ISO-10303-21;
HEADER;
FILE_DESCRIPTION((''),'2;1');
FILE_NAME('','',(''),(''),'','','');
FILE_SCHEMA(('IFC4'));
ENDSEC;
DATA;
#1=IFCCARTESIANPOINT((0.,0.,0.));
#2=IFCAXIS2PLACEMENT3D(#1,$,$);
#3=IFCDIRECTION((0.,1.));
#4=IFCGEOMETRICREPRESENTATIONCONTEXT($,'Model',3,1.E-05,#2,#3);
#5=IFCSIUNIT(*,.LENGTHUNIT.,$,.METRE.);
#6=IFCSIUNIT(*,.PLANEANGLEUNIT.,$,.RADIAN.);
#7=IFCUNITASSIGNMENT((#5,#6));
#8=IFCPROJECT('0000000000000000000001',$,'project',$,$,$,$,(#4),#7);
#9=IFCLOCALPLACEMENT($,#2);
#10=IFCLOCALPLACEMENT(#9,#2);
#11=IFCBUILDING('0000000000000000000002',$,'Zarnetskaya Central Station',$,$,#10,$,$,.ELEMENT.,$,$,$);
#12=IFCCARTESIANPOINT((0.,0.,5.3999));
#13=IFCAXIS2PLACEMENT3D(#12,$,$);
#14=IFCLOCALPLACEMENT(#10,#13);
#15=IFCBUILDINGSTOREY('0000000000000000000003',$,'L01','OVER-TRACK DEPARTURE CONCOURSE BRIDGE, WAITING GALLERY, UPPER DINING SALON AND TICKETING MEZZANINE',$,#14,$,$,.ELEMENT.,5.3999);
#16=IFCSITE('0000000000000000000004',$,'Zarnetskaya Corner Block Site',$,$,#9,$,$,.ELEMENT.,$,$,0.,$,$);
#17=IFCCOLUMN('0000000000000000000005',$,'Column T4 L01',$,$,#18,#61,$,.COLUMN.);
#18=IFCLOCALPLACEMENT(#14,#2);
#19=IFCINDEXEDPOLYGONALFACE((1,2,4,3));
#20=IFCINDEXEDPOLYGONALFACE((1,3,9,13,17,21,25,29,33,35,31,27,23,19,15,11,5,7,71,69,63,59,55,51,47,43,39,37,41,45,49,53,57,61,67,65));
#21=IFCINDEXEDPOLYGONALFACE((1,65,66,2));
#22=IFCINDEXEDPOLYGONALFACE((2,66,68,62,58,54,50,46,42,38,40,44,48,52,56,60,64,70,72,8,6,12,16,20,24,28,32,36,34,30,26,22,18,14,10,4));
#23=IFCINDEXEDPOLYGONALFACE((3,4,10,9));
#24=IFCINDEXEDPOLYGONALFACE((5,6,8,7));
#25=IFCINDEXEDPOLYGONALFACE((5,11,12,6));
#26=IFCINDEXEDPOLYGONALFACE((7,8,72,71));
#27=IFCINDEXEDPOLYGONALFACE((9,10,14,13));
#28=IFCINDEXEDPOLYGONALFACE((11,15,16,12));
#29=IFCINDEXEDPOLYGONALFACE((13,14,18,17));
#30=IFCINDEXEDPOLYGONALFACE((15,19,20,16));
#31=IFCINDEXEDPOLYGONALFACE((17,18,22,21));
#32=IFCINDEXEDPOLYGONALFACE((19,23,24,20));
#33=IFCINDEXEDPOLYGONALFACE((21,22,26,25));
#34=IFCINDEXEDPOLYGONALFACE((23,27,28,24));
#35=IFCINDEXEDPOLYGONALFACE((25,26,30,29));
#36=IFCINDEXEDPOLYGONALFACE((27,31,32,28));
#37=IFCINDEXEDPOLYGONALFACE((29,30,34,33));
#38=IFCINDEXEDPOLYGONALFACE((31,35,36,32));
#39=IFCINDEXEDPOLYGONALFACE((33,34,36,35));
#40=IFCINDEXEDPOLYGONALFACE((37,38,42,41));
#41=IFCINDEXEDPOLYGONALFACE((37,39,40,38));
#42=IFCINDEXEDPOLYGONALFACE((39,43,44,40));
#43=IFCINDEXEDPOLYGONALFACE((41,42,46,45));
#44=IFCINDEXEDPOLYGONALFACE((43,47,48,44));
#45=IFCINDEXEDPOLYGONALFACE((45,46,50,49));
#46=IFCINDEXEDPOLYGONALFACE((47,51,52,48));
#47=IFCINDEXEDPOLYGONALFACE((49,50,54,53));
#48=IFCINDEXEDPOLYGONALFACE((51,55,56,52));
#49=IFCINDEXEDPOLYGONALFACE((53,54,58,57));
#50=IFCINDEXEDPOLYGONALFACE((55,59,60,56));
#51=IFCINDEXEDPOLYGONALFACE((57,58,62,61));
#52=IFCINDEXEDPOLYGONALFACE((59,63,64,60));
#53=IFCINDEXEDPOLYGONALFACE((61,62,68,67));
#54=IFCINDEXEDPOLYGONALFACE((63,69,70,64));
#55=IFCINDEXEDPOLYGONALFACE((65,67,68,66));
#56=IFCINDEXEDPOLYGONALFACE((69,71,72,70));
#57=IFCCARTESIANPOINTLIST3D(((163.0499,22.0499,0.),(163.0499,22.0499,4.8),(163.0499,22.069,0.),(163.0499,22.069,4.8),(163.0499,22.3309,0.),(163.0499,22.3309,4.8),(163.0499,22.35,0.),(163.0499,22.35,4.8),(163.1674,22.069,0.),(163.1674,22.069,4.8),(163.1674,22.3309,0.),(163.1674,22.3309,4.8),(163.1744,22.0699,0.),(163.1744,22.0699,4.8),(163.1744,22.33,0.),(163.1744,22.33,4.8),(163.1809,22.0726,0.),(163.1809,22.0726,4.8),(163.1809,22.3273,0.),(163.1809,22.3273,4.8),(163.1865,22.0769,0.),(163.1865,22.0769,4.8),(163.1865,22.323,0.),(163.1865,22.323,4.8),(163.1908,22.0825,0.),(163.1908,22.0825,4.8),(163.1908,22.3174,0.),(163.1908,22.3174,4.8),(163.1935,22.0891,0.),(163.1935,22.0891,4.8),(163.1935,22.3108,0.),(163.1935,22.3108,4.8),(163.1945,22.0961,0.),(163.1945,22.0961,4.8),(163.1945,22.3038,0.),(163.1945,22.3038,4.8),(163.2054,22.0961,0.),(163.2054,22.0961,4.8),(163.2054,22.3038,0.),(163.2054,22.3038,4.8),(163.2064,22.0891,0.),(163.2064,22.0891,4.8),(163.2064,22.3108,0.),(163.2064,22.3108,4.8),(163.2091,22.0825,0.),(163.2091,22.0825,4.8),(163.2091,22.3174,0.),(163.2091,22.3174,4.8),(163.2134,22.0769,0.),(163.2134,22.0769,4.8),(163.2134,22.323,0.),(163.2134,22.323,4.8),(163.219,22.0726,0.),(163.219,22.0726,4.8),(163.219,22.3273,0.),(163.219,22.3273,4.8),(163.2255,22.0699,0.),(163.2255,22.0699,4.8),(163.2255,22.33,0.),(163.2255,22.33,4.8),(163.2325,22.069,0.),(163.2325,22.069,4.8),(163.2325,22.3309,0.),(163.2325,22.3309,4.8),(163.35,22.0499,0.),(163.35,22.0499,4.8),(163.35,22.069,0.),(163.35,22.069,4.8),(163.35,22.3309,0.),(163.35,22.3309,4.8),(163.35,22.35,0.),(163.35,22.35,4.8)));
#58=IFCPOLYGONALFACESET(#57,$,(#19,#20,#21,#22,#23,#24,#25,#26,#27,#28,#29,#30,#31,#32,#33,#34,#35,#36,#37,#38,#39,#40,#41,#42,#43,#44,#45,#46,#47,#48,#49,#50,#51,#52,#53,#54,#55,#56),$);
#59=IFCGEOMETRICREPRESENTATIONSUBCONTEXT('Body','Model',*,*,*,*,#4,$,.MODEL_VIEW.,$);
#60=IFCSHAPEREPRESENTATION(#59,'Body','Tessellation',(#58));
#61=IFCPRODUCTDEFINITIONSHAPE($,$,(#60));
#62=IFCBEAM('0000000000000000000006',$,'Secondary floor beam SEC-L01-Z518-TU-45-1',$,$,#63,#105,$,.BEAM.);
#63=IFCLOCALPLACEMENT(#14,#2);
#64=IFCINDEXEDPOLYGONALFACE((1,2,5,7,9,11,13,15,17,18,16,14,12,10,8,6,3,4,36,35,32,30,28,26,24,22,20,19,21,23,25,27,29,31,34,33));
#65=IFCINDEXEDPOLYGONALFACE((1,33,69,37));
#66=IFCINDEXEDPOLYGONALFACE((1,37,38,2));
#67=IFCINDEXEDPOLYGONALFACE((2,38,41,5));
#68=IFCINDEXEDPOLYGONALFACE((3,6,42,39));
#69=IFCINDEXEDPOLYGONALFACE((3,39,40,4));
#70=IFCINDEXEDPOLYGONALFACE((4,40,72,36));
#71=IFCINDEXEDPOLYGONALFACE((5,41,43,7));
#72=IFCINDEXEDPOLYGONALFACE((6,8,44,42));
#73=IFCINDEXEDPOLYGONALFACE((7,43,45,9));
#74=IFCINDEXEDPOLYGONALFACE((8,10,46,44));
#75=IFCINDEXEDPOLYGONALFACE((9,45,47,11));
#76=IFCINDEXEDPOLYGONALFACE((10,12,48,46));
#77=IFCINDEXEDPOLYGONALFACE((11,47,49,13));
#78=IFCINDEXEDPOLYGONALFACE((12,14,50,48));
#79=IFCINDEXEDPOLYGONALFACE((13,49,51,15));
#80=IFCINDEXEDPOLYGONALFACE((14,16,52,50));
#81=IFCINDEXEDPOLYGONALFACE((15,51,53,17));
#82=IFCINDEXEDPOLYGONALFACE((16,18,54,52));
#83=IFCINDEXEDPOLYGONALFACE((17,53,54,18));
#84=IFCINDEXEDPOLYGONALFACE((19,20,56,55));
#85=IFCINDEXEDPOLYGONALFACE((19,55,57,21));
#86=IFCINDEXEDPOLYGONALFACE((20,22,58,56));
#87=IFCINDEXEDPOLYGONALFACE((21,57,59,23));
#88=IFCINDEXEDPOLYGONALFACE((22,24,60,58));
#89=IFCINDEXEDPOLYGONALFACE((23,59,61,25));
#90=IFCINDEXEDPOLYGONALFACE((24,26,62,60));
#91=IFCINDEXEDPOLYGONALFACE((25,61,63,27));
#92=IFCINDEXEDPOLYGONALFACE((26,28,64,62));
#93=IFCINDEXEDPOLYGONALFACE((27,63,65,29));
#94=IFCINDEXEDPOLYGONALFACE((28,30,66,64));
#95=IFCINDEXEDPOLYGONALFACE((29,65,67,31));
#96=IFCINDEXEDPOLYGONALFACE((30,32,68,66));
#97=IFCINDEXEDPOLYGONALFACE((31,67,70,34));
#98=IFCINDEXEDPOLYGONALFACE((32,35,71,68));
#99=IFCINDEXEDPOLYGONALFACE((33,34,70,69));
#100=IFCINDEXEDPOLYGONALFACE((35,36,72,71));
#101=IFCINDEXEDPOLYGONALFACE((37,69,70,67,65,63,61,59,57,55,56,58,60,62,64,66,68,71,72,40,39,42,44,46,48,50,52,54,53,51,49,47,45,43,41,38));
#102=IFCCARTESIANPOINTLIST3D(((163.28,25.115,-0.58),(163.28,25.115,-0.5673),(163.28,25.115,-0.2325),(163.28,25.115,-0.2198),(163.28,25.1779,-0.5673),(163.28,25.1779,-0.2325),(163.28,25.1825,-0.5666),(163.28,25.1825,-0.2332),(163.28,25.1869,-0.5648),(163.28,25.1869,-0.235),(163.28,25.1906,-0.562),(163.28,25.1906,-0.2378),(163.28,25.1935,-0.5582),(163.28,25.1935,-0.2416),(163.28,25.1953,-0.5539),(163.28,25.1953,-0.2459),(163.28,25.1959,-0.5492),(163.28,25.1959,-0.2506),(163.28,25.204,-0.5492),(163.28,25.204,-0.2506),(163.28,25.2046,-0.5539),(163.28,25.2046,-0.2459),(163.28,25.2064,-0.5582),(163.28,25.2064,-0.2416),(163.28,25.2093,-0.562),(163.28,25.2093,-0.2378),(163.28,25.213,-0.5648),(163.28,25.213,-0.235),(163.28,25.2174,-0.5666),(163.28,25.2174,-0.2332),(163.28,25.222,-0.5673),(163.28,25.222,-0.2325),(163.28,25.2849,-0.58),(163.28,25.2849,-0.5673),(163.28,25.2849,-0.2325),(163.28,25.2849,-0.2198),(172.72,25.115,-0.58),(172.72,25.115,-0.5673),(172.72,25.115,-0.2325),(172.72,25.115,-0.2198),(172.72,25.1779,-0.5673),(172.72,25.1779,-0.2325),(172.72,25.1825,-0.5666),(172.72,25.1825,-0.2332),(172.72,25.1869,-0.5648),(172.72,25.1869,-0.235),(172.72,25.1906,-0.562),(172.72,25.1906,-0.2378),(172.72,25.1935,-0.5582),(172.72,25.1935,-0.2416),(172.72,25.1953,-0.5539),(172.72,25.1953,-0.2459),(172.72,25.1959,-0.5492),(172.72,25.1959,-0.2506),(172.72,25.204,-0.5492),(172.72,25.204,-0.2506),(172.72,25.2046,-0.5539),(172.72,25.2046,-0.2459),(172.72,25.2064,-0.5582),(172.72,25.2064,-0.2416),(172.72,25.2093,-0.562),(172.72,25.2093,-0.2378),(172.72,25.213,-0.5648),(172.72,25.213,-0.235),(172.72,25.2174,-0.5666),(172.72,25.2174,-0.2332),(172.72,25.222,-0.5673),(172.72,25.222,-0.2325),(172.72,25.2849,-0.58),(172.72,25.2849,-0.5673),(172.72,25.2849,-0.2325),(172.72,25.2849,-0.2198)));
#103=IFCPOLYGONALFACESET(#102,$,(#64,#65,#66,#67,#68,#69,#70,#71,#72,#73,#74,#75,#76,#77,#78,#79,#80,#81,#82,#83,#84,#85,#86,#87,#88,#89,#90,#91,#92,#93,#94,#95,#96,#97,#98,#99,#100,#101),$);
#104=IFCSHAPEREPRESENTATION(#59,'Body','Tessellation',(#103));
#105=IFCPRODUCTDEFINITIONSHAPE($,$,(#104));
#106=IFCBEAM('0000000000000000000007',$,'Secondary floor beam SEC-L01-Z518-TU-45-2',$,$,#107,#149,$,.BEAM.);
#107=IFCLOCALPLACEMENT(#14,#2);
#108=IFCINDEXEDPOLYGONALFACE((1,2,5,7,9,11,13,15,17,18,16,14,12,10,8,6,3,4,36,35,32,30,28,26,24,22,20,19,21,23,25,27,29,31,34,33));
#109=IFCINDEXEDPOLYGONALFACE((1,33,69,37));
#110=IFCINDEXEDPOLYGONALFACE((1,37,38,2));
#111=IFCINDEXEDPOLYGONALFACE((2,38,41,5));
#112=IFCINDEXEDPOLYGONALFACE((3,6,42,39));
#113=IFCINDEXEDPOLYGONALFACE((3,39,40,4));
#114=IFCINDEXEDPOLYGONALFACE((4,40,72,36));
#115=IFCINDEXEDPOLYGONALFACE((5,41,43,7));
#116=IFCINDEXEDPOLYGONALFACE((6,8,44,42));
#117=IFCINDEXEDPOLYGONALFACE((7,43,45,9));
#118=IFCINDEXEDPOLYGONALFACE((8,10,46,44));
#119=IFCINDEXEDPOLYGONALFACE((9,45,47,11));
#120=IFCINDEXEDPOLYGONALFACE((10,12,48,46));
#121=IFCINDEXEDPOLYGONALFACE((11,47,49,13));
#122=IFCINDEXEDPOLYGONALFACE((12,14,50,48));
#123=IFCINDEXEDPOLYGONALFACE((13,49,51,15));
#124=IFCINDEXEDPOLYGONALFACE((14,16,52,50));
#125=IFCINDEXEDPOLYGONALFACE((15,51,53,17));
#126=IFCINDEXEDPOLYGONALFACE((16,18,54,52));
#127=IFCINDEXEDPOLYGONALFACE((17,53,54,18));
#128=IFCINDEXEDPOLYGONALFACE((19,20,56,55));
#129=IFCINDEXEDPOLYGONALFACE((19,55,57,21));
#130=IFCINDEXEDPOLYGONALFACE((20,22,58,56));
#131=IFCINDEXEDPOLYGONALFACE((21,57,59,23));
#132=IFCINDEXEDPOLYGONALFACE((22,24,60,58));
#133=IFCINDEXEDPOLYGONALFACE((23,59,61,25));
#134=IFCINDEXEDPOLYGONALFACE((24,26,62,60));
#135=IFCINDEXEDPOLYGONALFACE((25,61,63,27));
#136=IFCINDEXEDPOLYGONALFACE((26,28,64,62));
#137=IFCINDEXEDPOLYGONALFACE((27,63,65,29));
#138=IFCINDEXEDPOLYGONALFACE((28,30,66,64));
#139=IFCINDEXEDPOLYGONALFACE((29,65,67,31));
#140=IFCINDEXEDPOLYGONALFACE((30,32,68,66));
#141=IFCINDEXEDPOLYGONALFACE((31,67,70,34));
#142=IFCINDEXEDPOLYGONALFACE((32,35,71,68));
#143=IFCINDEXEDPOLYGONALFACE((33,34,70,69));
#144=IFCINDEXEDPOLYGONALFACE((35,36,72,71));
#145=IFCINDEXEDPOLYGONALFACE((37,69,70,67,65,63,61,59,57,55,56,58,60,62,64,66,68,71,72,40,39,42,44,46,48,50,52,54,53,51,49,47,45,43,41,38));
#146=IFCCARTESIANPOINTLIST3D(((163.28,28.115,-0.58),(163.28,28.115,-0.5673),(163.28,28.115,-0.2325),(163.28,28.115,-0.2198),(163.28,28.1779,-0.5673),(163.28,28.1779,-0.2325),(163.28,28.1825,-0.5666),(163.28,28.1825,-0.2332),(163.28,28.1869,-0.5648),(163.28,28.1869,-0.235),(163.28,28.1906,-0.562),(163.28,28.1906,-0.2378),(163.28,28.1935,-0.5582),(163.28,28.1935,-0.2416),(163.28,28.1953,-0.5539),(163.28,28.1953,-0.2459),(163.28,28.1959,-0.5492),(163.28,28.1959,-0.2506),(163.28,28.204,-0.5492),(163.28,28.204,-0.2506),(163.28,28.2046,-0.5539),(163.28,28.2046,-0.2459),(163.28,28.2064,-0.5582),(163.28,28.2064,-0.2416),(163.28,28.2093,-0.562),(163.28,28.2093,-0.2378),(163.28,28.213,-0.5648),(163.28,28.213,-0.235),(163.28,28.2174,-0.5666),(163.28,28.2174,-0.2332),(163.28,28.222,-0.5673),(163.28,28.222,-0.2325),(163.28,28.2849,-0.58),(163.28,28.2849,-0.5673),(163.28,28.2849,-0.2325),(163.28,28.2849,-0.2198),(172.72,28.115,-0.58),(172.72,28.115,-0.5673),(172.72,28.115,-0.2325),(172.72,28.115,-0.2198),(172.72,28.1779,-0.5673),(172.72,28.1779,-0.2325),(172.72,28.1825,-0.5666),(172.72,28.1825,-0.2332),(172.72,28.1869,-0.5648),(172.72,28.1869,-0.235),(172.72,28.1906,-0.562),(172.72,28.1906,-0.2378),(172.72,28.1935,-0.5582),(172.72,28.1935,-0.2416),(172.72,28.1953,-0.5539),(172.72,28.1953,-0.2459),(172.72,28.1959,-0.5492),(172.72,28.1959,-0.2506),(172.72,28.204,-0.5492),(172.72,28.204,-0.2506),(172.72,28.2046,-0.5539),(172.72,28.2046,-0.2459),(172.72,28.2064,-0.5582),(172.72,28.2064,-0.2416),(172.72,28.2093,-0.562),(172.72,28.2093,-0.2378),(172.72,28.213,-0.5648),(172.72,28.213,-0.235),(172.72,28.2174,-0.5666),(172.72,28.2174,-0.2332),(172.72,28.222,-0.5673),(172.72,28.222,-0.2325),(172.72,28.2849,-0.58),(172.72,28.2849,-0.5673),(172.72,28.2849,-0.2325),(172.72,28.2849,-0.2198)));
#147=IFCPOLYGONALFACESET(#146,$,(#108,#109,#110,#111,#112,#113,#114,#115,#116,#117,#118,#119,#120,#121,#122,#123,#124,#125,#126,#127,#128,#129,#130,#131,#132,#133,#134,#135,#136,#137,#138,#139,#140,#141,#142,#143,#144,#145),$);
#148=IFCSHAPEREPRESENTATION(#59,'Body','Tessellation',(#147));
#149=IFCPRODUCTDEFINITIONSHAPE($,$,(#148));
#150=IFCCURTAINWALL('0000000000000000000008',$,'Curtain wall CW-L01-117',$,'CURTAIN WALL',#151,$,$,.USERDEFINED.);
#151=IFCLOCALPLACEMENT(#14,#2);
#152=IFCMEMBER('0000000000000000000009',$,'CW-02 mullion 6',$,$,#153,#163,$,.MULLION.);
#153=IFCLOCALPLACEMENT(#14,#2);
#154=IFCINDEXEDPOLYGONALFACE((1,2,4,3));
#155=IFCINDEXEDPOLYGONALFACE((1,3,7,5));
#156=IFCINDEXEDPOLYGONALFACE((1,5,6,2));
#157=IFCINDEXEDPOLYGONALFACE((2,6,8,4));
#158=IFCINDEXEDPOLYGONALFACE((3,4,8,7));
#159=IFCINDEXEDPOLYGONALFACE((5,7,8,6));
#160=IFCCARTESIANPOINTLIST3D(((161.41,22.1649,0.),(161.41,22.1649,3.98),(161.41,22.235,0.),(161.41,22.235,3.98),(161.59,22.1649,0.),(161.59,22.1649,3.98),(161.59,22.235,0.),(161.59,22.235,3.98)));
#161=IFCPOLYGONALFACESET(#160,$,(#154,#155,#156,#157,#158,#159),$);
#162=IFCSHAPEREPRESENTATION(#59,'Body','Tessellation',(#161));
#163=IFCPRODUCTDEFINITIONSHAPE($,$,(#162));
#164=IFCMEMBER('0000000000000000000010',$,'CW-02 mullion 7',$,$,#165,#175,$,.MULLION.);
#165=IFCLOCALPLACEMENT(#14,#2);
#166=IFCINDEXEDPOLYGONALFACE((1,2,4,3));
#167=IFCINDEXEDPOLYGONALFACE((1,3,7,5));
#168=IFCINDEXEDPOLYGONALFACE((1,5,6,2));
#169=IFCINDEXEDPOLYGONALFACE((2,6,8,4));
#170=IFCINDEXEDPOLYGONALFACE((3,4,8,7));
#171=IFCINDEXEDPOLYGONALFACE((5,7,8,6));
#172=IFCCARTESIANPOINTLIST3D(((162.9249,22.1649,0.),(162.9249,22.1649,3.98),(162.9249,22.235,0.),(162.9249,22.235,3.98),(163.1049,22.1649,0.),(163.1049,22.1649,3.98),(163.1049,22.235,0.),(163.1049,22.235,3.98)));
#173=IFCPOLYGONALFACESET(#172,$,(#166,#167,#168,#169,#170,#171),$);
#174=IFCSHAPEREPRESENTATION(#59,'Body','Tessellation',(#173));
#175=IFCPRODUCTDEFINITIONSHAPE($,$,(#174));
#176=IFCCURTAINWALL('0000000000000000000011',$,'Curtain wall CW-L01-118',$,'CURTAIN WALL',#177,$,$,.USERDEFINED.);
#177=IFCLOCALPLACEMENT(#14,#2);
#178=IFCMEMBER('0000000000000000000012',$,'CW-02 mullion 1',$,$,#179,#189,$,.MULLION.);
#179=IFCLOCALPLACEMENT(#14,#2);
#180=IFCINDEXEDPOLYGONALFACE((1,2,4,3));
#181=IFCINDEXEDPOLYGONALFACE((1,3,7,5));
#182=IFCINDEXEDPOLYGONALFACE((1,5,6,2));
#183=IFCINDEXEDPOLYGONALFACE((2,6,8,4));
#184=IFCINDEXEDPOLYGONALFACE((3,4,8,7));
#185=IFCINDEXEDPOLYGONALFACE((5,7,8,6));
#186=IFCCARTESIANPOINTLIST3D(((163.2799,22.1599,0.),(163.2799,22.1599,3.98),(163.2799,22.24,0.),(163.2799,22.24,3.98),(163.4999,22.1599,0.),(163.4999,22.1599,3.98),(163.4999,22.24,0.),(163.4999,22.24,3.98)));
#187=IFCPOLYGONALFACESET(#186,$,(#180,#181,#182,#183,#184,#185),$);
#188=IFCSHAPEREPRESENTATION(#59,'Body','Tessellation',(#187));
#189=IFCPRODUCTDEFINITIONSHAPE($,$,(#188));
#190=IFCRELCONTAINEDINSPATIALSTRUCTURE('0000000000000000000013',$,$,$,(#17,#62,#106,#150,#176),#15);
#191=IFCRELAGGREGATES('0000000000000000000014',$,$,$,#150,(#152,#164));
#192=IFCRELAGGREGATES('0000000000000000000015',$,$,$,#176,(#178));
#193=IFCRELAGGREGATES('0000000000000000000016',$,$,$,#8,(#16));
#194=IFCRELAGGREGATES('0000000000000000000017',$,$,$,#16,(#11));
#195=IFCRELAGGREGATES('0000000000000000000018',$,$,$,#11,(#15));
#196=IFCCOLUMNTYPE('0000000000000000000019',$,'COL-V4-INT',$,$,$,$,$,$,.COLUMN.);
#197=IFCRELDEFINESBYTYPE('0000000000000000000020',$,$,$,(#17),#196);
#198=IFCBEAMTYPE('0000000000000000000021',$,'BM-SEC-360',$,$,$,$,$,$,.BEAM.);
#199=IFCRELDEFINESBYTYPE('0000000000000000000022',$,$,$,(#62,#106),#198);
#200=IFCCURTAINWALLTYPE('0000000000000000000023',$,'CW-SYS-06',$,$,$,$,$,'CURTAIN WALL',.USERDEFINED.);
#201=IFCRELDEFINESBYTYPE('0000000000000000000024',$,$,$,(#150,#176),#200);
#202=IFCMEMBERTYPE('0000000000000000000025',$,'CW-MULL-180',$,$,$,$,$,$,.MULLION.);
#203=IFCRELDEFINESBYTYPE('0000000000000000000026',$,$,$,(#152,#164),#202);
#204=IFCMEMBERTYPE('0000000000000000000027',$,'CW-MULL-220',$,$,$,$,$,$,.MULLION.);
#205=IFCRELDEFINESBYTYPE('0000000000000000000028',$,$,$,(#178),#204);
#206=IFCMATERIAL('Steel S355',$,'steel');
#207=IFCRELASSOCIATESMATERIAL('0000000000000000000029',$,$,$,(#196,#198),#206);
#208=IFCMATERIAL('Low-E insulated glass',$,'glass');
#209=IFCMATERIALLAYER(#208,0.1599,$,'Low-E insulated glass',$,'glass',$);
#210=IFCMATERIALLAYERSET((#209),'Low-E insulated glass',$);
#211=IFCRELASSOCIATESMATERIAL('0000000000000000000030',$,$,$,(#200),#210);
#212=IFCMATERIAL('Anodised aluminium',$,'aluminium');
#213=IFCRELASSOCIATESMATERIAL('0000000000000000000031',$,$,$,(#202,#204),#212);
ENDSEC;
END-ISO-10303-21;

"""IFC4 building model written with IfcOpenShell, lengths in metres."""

from ifc_helpers import new_model, si_unit, direction, frame, origin, origin_2d, place, context, subcontext, project, spatial, rectangle, i_section, extrude, material, layer, layer_set, material_profile, profile_set, type_object, element, aggregate, save


model = new_model("IFC4")

# Units and contexts
model_context = context("Model", 3, precision=1e-05, world=origin(), true_north=direction((0.0, 1.0)))
body_context = subcontext(model_context, "Body", "Model", "MODEL_VIEW")
ifc_project = project(units=[si_unit("LENGTHUNIT", "METRE"), si_unit("PLANEANGLEUNIT", "RADIAN")], contexts=[model_context])

# Site, building, storey
site_placement = place(None, origin())
site = spatial("IfcSite", under=ifc_project, at=site_placement, Name="Zarnetskaya Corner Block Site", CompositionType="ELEMENT", RefElevation=0.0)
building_placement = place(site_placement, origin())
building = spatial("IfcBuilding", under=site, at=building_placement, Name="Zarnetskaya Central Station", CompositionType="ELEMENT")
storey_placement = place(building_placement, frame((0.0, 0.0, 5.3999)))
storey = spatial("IfcBuildingStorey", under=building, at=storey_placement, Name="L01", Description="OVER-TRACK DEPARTURE CONCOURSE BRIDGE, WAITING GALLERY, UPPER DINING SALON AND TICKETING MEZZANINE", CompositionType="ELEMENT", Elevation=5.3999)

# Column
ifc_material_1 = material(Name="Steel S355", Category="steel")
ifc_material_profile_1 = material_profile(ifc_material_1, i_section(OverallWidth=0.3, OverallDepth=0.3, WebThickness=0.011, FlangeThickness=0.019, FilletRadius=0.0271, at=origin_2d()), Name="HEB 300")
ifc_profile_set_1 = profile_set([ifc_material_profile_1], Name="Steel S355")
column_type = type_object("IfcColumnType", Name="COL-V4-INT", PredefinedType="COLUMN", material=ifc_profile_set_1)
column_placement = place(storey_placement, frame((163.2, 22.2, 0.0), z_axis=(0.0, 0.0, 1.0), x_axis=(1.0, 0.0, 0.0)))
element("IfcColumn", 1, at=column_placement, inside=storey, type_object=column_type, Name="Column T4 L01", PredefinedType="COLUMN", context=body_context, shape_type="SweptSolid", body=[
    extrude(i_section(OverallWidth=0.3, OverallDepth=0.3, WebThickness=0.011, FlangeThickness=0.019, FilletRadius=0.0271, at=origin_2d()), origin(), (0.0, 0.0, 1.0), 4.8),
])

# Beams
ifc_material_profile_2 = material_profile(ifc_material_1, i_section(OverallWidth=0.1699, OverallDepth=0.3601, WebThickness=0.0081, FlangeThickness=0.0127, FilletRadius=0.0181, at=origin_2d()), Name="IPE 360")
ifc_profile_set_2 = profile_set([ifc_material_profile_2], Name="Steel S355")
beam_type_1 = type_object("IfcBeamType", Name="BM-SEC-360", PredefinedType="BEAM", material=ifc_profile_set_2)
for number, where, z_axis, x_axis, name in (
    (2, (163.28, 25.2, -0.3999), (1.0, 0.0, 0.0), (0.0, 1.0, 0.0), "Secondary floor beam SEC-L01-Z518-TU-45-1"),
    (3, (163.28, 28.2, -0.3999), (1.0, 0.0, 0.0), (0.0, 1.0, 0.0), "Secondary floor beam SEC-L01-Z518-TU-45-2"),
):
    element("IfcBeam", number, at=place(storey_placement, frame(where, z_axis=z_axis, x_axis=x_axis)), inside=storey, type_object=beam_type_1, Name=name, PredefinedType="BEAM", context=body_context, shape_type="SweptSolid", body=[
        extrude(i_section(OverallWidth=0.1699, OverallDepth=0.3601, WebThickness=0.0081, FlangeThickness=0.0127, FilletRadius=0.0181, at=origin_2d()), origin(), (0.0, 0.0, 1.0), 9.4399),
    ])

# Curtain walls, members
ifc_material_2 = material(Name="Low-E insulated glass", Category="glass")
ifc_layer_1 = layer(ifc_material_2, 0.1599, Name="Low-E insulated glass", Category="glass")
ifc_layer_set_1 = layer_set([ifc_layer_1], Name="Low-E insulated glass")
curtain_wall_type = type_object("IfcCurtainWallType", Name="CW-SYS-06", ElementType="CURTAIN WALL", PredefinedType="USERDEFINED", material=ifc_layer_set_1)
curtain_wall_1_placement = place(storey_placement, origin())
curtain_wall_1 = element("IfcCurtainWall", 4, at=curtain_wall_1_placement, inside=storey, type_object=curtain_wall_type, Name="Curtain wall CW-L01-117", ObjectType="CURTAIN WALL", PredefinedType="USERDEFINED")
ifc_material_3 = material(Name="Anodised aluminium", Category="aluminium")
ifc_material_profile_3 = material_profile(ifc_material_3, rectangle(XDim=0.0701, YDim=0.1799, at=origin_2d()), Name="ALU MULL 70x180")
ifc_profile_set_3 = profile_set([ifc_material_profile_3], Name="Anodised aluminium")
member_type_1 = type_object("IfcMemberType", Name="CW-MULL-180", PredefinedType="MULLION", material=ifc_profile_set_3)
member_1_placement = place(storey_placement, frame((161.5, 22.2, 0.0), z_axis=(0.0, 0.0, 1.0), x_axis=(0.0, 1.0, 0.0)))
member_1 = element("IfcMember", 5, at=member_1_placement, type_object=member_type_1, Name="CW-02 mullion 6", PredefinedType="MULLION", context=body_context, shape_type="SweptSolid", body=[
    extrude(rectangle(XDim=0.0701, YDim=0.1799, at=origin_2d()), origin(), (0.0, 0.0, 1.0), 3.98),
])
member_2_placement = place(storey_placement, frame((163.0149, 22.2, 0.0), z_axis=(0.0, 0.0, 1.0), x_axis=(0.0, 1.0, 0.0)))
member_2 = element("IfcMember", 6, at=member_2_placement, type_object=member_type_1, Name="CW-02 mullion 7", PredefinedType="MULLION", context=body_context, shape_type="SweptSolid", body=[
    extrude(rectangle(XDim=0.0701, YDim=0.1799, at=origin_2d()), origin(), (0.0, 0.0, 1.0), 3.98),
])
curtain_wall_2_placement = place(storey_placement, origin())
curtain_wall_2 = element("IfcCurtainWall", 7, at=curtain_wall_2_placement, inside=storey, type_object=curtain_wall_type, Name="Curtain wall CW-L01-118", ObjectType="CURTAIN WALL", PredefinedType="USERDEFINED")
ifc_material_profile_4 = material_profile(ifc_material_3, rectangle(XDim=0.0801, YDim=0.22, at=origin_2d()), Name="ALU MULL 80x220")
ifc_profile_set_4 = profile_set([ifc_material_profile_4], Name="Anodised aluminium")
member_type_2 = type_object("IfcMemberType", Name="CW-MULL-220", PredefinedType="MULLION", material=ifc_profile_set_4)
member_3_placement = place(storey_placement, frame((163.3899, 22.2, 0.0), z_axis=(0.0, 0.0, 1.0), x_axis=(0.0, 1.0, 0.0)))
member_3 = element("IfcMember", 8, at=member_3_placement, type_object=member_type_2, Name="CW-02 mullion 1", PredefinedType="MULLION", context=body_context, shape_type="SweptSolid", body=[
    extrude(rectangle(XDim=0.0801, YDim=0.22, at=origin_2d()), origin(), (0.0, 0.0, 1.0), 3.98),
])

aggregate(curtain_wall_1, [member_1, member_2])
aggregate(curtain_wall_2, [member_3])

save(model, "model.ifc")
